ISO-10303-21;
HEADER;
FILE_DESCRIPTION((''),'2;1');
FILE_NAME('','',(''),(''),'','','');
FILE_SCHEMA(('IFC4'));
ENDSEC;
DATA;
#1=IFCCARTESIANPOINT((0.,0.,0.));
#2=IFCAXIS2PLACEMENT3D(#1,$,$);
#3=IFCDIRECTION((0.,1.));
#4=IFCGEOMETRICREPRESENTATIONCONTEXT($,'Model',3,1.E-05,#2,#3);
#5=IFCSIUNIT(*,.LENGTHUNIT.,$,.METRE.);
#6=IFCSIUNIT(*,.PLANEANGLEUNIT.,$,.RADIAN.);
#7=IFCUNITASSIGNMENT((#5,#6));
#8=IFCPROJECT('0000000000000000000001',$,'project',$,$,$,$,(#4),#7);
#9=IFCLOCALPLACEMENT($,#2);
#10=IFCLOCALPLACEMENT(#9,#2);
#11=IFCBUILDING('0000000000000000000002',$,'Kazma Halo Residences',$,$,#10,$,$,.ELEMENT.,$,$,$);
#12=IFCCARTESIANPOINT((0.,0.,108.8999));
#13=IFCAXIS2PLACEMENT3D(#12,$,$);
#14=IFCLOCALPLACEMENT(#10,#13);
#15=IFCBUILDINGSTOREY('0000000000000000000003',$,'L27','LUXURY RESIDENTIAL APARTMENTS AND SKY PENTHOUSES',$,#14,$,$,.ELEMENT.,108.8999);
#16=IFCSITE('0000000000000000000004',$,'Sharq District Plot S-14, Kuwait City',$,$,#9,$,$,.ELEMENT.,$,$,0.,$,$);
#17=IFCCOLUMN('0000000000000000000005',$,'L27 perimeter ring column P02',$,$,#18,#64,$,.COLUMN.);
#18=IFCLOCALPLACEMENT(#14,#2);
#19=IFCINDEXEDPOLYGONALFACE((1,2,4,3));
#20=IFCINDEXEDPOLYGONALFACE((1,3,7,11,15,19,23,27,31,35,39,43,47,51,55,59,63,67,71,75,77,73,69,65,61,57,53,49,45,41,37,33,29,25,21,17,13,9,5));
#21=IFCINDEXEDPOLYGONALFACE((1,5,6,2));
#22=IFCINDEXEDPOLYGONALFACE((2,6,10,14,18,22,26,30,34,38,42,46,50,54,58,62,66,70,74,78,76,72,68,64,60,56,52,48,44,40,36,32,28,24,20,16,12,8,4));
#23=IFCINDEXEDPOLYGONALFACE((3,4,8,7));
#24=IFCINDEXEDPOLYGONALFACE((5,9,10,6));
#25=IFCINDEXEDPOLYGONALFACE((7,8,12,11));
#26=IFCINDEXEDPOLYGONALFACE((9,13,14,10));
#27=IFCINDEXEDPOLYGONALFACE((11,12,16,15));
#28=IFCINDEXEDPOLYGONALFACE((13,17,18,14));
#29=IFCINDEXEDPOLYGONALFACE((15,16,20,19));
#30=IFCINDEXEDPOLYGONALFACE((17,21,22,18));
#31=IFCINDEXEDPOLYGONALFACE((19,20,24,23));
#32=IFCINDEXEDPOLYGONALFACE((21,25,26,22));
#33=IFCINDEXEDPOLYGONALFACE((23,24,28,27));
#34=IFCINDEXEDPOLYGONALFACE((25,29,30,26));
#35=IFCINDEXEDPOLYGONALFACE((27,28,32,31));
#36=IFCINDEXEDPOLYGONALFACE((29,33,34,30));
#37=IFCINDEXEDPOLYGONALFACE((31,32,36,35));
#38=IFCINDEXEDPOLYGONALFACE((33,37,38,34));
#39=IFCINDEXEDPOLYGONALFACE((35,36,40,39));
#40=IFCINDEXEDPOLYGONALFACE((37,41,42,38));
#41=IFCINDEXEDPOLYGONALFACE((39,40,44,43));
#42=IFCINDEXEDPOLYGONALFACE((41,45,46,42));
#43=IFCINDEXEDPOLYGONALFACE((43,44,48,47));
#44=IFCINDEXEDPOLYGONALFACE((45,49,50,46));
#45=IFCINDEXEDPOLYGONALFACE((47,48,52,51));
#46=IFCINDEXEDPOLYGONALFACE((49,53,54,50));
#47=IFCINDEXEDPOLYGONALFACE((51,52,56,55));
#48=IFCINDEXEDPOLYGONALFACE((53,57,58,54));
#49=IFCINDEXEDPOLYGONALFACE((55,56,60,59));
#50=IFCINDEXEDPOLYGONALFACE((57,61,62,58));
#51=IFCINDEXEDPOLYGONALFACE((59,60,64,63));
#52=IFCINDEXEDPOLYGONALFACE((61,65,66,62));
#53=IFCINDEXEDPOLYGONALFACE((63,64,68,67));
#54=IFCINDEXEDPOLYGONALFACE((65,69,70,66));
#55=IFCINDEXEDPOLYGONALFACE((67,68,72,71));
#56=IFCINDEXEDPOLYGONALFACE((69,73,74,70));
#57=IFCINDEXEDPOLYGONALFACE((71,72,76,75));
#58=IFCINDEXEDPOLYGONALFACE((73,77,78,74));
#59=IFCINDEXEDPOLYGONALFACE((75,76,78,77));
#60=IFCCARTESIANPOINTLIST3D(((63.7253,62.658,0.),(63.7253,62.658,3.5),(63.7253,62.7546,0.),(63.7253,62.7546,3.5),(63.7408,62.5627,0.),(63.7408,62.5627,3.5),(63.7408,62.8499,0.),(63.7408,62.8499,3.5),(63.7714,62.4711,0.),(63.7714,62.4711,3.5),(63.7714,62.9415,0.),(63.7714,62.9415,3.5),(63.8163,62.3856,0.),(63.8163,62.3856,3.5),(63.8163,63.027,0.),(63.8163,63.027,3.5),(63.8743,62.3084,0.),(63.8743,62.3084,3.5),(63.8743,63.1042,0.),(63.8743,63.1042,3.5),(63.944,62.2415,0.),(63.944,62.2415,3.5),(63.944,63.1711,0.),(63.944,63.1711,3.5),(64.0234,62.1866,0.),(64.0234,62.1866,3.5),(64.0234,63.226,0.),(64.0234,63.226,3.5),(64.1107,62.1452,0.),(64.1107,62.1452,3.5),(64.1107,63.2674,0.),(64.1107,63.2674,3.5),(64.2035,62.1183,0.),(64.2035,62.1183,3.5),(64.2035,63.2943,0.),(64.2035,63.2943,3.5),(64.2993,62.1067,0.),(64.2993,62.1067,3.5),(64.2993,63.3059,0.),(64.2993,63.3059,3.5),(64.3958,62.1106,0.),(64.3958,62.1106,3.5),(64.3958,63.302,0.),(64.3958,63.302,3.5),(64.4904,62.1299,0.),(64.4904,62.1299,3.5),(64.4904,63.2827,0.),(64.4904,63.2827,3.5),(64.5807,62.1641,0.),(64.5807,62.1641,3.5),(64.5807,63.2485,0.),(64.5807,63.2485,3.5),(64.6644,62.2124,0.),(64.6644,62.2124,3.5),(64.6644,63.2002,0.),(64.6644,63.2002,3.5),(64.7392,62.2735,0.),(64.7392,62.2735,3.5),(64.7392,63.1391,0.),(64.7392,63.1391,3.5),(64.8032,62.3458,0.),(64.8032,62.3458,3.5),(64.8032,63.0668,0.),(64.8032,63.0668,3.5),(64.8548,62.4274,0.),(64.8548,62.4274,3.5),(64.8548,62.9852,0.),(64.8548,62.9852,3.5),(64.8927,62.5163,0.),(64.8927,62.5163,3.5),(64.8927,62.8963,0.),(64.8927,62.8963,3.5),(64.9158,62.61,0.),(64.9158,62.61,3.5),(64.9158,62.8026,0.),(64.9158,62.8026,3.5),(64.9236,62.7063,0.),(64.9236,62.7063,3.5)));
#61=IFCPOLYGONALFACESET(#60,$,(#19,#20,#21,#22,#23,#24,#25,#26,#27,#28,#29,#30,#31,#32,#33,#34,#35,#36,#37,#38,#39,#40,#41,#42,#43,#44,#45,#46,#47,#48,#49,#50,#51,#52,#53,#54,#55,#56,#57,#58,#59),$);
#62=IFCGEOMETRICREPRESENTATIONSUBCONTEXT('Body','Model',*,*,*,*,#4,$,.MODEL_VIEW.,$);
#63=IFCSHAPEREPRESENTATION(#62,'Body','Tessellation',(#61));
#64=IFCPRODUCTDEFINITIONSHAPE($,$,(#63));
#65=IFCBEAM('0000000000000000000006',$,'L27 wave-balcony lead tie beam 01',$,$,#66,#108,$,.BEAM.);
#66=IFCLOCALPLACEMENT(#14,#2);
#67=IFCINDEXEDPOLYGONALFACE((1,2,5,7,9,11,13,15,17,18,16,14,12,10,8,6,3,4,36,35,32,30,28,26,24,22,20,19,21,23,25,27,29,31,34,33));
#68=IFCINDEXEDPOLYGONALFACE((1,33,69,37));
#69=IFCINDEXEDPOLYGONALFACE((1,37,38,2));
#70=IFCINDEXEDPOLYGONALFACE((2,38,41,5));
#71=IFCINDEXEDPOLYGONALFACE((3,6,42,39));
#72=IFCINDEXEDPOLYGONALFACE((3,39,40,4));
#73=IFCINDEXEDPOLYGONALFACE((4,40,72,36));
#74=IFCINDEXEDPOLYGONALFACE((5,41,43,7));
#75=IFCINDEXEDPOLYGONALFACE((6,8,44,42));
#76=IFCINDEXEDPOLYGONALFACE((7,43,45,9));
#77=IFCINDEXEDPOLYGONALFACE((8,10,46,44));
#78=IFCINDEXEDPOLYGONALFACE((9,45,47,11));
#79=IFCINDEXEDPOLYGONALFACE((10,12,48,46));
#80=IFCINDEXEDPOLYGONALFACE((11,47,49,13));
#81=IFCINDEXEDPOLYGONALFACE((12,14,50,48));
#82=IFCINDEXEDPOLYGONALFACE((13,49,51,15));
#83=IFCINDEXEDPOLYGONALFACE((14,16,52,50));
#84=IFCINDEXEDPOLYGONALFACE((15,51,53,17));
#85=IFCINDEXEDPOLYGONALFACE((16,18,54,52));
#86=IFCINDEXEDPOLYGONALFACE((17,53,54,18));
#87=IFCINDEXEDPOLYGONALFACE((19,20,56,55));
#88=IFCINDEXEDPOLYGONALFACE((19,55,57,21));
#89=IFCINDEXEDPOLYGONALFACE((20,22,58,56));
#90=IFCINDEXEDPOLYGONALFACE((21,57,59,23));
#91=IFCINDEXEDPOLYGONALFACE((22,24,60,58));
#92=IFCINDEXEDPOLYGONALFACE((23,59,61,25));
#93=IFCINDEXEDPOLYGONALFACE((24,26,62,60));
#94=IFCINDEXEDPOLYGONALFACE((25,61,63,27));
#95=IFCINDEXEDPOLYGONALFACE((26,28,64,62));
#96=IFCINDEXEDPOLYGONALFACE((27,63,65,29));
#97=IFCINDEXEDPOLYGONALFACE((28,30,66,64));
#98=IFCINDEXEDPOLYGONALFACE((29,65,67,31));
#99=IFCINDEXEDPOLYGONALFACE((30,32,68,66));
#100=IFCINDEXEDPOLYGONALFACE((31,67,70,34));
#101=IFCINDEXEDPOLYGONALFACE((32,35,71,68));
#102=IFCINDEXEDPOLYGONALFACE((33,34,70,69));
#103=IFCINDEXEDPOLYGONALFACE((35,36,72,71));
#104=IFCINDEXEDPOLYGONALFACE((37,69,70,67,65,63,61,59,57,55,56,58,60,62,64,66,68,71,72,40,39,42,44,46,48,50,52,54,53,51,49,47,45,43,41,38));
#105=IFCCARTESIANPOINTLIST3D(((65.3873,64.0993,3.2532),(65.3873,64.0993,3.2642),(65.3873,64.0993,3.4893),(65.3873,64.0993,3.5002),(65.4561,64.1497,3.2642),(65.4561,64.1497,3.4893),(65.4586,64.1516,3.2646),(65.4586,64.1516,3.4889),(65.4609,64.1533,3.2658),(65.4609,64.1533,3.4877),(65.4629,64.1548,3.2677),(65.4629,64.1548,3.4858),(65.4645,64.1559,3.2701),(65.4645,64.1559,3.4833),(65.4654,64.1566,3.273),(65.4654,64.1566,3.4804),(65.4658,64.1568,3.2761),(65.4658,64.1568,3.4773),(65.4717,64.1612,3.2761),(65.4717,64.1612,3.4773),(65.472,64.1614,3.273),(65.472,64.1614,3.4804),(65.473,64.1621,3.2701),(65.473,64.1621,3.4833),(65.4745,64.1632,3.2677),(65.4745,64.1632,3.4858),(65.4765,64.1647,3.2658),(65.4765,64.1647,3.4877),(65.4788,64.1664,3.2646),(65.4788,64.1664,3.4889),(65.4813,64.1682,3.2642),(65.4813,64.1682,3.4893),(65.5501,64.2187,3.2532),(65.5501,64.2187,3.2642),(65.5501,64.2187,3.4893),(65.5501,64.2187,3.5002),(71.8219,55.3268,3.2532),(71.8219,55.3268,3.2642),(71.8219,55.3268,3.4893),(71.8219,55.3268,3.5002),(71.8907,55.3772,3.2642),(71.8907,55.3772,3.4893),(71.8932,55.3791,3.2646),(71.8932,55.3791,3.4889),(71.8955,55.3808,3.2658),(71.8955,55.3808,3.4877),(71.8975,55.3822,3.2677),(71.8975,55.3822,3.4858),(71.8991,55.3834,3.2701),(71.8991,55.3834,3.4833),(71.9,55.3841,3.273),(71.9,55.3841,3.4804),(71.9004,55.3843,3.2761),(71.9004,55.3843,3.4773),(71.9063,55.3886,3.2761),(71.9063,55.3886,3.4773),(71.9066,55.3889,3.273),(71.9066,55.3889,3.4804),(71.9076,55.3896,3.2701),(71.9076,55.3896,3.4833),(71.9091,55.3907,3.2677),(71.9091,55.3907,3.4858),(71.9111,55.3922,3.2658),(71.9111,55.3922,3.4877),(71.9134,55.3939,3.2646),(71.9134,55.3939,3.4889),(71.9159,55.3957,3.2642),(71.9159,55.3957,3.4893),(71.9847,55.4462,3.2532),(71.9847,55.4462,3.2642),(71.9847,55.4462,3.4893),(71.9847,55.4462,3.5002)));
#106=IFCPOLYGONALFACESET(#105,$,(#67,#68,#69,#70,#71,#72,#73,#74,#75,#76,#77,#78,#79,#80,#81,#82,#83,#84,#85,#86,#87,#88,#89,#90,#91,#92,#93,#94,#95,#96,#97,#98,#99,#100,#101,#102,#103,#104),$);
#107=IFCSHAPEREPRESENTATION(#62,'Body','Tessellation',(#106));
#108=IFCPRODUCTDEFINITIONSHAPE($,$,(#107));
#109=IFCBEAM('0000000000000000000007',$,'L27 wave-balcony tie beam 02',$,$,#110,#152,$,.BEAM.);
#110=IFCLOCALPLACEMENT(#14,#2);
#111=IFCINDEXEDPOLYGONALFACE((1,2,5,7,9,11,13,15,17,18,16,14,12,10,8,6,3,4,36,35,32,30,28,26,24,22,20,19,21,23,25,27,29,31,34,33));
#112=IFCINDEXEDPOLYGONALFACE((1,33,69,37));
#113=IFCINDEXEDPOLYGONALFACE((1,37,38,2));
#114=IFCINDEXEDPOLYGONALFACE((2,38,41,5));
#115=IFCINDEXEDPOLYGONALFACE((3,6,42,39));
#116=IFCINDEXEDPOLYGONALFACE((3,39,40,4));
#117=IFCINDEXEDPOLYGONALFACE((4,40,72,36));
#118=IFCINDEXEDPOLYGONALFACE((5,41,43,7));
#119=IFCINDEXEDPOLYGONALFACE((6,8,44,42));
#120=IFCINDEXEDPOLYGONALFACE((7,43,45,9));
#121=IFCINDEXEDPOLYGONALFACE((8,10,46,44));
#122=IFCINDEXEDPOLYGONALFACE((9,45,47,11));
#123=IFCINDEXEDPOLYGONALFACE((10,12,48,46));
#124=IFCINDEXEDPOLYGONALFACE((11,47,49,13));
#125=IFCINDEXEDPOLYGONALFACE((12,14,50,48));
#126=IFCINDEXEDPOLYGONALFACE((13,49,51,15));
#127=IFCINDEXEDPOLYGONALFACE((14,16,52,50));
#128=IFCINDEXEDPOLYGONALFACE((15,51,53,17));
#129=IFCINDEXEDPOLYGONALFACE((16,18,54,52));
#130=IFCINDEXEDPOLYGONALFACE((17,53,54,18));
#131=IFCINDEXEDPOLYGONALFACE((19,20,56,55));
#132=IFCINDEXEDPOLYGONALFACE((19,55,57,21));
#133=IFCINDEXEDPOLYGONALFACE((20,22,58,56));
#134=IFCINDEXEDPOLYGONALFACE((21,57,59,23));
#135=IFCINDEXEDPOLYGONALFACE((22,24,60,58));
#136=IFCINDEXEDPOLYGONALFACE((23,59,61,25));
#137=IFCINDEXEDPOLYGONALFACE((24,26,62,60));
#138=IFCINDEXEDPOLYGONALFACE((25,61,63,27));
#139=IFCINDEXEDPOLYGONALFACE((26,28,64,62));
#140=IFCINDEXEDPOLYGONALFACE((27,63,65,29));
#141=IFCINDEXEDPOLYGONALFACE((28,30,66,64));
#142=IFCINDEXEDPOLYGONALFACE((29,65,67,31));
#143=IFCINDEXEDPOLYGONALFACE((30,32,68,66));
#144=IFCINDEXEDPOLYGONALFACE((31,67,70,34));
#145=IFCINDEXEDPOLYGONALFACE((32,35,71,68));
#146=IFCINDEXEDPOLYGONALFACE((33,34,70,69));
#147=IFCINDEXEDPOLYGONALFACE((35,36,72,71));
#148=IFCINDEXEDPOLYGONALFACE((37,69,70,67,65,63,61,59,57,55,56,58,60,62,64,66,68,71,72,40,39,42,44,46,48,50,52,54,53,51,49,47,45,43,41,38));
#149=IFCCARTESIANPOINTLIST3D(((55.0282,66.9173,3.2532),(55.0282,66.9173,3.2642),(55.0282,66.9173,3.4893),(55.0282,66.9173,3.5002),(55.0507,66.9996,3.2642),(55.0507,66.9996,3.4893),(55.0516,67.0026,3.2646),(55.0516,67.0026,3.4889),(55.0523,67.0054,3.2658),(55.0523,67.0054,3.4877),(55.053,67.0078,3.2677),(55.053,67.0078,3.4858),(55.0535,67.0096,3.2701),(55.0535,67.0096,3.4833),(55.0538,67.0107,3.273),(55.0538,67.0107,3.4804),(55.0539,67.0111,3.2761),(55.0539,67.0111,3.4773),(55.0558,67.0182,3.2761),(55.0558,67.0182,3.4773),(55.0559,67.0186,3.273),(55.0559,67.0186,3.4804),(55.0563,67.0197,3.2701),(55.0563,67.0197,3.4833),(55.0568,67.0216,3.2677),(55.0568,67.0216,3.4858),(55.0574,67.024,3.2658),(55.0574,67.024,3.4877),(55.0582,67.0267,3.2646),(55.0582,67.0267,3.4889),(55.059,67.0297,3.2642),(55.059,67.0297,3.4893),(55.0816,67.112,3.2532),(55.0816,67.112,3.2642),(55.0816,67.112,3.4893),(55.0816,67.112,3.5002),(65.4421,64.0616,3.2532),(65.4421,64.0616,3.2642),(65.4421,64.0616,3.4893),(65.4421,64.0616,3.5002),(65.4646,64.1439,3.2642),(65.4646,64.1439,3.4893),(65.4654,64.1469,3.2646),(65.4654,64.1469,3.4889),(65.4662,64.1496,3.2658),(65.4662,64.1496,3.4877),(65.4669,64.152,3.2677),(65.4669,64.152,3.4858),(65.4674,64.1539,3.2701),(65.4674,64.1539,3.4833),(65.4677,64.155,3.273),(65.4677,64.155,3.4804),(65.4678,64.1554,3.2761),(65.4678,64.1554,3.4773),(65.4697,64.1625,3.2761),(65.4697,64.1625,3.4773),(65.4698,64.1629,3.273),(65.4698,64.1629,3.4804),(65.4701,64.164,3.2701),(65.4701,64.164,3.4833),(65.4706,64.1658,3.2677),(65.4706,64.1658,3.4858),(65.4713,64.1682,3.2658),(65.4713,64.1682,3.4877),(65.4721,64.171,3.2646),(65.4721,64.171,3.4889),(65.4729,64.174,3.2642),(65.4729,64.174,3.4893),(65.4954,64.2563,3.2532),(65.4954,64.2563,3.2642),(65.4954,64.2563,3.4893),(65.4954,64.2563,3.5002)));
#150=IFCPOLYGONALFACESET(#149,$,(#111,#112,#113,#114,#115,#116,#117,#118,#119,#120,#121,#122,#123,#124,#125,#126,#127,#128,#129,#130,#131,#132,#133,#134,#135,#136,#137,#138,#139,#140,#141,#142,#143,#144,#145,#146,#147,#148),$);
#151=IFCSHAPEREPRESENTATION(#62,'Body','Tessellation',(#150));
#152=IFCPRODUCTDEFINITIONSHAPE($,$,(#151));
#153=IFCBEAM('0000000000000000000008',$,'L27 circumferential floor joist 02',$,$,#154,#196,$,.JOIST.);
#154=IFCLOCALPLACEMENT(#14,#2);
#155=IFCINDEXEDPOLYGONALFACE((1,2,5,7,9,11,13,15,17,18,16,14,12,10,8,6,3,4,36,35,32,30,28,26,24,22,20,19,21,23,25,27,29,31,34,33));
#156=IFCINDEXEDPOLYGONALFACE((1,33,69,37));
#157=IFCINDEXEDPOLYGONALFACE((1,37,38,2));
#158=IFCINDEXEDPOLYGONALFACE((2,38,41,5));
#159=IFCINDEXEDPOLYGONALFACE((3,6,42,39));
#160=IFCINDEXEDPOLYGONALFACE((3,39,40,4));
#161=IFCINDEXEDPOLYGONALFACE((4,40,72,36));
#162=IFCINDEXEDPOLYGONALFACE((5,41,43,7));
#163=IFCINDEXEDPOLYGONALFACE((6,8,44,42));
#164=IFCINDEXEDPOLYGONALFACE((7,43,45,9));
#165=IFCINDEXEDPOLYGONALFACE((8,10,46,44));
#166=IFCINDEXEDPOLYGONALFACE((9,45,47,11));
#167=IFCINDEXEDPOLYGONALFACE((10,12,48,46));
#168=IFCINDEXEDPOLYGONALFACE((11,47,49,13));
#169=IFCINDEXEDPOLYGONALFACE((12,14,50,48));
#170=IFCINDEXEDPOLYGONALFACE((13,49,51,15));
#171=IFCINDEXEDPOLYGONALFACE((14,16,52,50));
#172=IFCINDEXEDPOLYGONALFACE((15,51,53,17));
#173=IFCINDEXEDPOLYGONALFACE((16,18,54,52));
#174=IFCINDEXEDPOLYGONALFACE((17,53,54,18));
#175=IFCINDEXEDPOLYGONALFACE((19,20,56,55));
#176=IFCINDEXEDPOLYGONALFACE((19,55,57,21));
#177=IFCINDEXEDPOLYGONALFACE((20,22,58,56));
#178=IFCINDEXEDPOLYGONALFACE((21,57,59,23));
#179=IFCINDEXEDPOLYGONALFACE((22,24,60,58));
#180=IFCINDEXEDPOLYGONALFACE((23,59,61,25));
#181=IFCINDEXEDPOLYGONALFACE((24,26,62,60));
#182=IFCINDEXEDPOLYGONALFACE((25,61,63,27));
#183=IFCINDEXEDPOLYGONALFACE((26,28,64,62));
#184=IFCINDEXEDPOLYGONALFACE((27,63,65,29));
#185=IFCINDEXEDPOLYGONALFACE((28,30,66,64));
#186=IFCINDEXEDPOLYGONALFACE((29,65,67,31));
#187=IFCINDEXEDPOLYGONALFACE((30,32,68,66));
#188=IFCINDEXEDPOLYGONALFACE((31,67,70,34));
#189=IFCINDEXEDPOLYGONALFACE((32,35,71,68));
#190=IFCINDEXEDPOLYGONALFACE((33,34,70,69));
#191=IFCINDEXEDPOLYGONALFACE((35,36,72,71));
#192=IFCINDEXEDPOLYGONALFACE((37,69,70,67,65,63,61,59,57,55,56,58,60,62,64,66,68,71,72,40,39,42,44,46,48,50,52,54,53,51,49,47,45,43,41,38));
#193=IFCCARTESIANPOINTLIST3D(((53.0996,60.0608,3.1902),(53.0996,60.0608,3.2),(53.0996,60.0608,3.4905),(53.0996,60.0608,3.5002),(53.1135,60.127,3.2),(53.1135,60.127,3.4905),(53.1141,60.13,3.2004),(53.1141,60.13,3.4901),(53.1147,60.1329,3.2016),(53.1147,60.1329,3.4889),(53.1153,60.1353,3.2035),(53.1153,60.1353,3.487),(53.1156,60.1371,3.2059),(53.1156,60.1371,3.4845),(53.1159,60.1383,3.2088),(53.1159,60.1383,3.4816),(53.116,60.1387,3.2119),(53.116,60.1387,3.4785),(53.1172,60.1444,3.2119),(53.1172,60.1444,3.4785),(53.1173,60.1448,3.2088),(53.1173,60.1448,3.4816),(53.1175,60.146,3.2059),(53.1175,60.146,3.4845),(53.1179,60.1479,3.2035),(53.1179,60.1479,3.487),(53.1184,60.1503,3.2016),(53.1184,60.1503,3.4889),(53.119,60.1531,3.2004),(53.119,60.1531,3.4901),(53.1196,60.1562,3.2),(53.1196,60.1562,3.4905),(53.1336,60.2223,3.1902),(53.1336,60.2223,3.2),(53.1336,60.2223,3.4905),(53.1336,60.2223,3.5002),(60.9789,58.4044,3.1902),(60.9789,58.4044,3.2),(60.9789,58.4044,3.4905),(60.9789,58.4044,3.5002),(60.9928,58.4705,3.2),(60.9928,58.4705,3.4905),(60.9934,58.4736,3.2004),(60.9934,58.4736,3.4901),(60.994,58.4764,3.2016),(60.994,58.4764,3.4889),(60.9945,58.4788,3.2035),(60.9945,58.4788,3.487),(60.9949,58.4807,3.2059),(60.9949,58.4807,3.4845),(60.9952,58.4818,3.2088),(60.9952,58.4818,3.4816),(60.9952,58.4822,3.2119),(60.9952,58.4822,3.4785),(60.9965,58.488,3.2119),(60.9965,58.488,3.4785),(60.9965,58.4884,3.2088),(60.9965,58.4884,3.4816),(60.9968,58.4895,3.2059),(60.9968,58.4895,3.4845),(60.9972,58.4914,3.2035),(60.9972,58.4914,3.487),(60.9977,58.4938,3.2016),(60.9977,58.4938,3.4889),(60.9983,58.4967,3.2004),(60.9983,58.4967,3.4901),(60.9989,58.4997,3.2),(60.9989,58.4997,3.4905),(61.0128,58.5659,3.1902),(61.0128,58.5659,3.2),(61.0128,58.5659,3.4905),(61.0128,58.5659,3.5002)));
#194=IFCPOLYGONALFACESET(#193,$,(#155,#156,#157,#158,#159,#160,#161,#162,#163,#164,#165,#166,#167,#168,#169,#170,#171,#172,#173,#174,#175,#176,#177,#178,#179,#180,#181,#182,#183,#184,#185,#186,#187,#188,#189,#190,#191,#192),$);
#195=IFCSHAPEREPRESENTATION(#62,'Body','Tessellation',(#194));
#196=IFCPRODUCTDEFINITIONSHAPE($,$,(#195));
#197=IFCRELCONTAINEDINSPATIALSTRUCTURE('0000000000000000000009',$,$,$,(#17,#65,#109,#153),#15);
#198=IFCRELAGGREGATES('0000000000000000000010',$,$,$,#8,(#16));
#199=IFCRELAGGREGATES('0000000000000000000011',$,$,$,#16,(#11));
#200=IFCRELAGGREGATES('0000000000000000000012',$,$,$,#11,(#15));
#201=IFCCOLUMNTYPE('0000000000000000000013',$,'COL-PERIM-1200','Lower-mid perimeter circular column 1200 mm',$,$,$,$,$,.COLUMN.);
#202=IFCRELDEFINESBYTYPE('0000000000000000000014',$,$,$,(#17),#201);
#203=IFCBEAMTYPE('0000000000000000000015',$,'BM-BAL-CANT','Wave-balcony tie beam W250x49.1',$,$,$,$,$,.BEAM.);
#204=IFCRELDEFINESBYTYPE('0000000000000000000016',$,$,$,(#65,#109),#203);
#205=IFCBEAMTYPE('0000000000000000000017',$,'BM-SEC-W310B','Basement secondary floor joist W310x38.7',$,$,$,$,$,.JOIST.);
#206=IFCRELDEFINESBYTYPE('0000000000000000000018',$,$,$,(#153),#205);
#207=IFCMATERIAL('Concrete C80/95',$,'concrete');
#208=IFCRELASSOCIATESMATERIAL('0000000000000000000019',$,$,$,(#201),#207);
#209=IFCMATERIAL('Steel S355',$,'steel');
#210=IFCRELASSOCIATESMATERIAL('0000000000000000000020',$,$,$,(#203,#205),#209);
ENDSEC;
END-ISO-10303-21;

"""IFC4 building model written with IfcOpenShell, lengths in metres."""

from ifc_helpers import new_model, si_unit, direction, frame, origin, origin_2d, place, context, subcontext, project, spatial, circle, i_section, extrude, material, material_profile, profile_set, type_object, element, save


model = new_model("IFC4")

# Units and contexts
model_context = context("Model", 3, precision=1e-05, world=origin(), true_north=direction((0.0, 1.0)))
body_context = subcontext(model_context, "Body", "Model", "MODEL_VIEW")
ifc_project = project(units=[si_unit("LENGTHUNIT", "METRE"), si_unit("PLANEANGLEUNIT", "RADIAN")], contexts=[model_context])

# Site, building, storey
site_placement = place(None, origin())
site = spatial("IfcSite", under=ifc_project, at=site_placement, Name="Sharq District Plot S-14, Kuwait City", CompositionType="ELEMENT", RefElevation=0.0)
building_placement = place(site_placement, origin())
building = spatial("IfcBuilding", under=site, at=building_placement, Name="Kazma Halo Residences", CompositionType="ELEMENT")
storey_placement = place(building_placement, frame((0.0, 0.0, 108.8999)))
storey = spatial("IfcBuildingStorey", under=building, at=storey_placement, Name="L27", Description="LUXURY RESIDENTIAL APARTMENTS AND SKY PENTHOUSES", CompositionType="ELEMENT", Elevation=108.8999)

# Column
ifc_material_1 = material(Name="Concrete C80/95", Category="concrete")
ifc_material_profile_1 = material_profile(ifc_material_1, circle(Radius=0.6001, at=origin_2d()), Name="CIRC1200")
ifc_profile_set_1 = profile_set([ifc_material_profile_1], Name="Concrete C80/95")
column_type = type_object("IfcColumnType", Name="COL-PERIM-1200", Description="Lower-mid perimeter circular column 1200 mm", PredefinedType="COLUMN", material=ifc_profile_set_1)
column_placement = place(storey_placement, frame((64.3235, 62.7063, 0.0), z_axis=(0.0, 0.0, 1.0), x_axis=(1.0, 0.0, 0.0)))
element("IfcColumn", 1, at=column_placement, inside=storey, type_object=column_type, Name="L27 perimeter ring column P02", PredefinedType="COLUMN", context=body_context, shape_type="SweptSolid", body=[
    extrude(circle(Radius=0.6001, at=origin_2d()), origin(), (0.0, 0.0, 1.0), 3.5),
])

# Beams
ifc_material_2 = material(Name="Steel S355", Category="steel")
ifc_material_profile_2 = material_profile(ifc_material_2, i_section(OverallWidth=0.2019, OverallDepth=0.2471, WebThickness=0.0073, FlangeThickness=0.011, FilletRadius=0.012, at=origin_2d()), Name="W250x49.1")
ifc_profile_set_2 = profile_set([ifc_material_profile_2], Name="Steel S355")
beam_type_1 = type_object("IfcBeamType", Name="BM-BAL-CANT", Description="Wave-balcony tie beam W250x49.1", PredefinedType="BEAM", material=ifc_profile_set_2)
beam_1_placement = place(storey_placement, frame((71.9033, 55.3865, 3.3767), z_axis=(-0.591449, 0.806342, 0.0), x_axis=(-0.806342, -0.591449, 0.0)))
element("IfcBeam", 2, at=beam_1_placement, inside=storey, type_object=beam_type_1, Name="L27 wave-balcony lead tie beam 01", PredefinedType="BEAM", context=body_context, shape_type="SweptSolid", body=[
    extrude(i_section(OverallWidth=0.2019, OverallDepth=0.2471, WebThickness=0.0073, FlangeThickness=0.011, FilletRadius=0.012, at=origin_2d()), origin(), (0.0, 0.0, 1.0), 10.8794),
])
beam_2_placement = place(storey_placement, frame((65.4688, 64.1589, 3.3767), z_axis=(-0.964397, 0.26446, 0.0), x_axis=(-0.26446, -0.964397, 0.0)))
element("IfcBeam", 3, at=beam_2_placement, inside=storey, type_object=beam_type_1, Name="L27 wave-balcony tie beam 02", PredefinedType="BEAM", context=body_context, shape_type="SweptSolid", body=[
    extrude(i_section(OverallWidth=0.2019, OverallDepth=0.2471, WebThickness=0.0073, FlangeThickness=0.011, FilletRadius=0.012, at=origin_2d()), origin(), (0.0, 0.0, 1.0), 10.7983),
])
ifc_material_profile_3 = material_profile(ifc_material_2, i_section(OverallWidth=0.165, OverallDepth=0.3101, WebThickness=0.0059, FlangeThickness=0.0098, FilletRadius=0.012, at=origin_2d()), Name="W310x38.7")
ifc_profile_set_3 = profile_set([ifc_material_profile_3], Name="Steel S355")
beam_type_2 = type_object("IfcBeamType", Name="BM-SEC-W310B", Description="Basement secondary floor joist W310x38.7", PredefinedType="JOIST", material=ifc_profile_set_3)
beam_3_placement = place(storey_placement, frame((60.9958, 58.4851, 3.3452), z_axis=(-0.978608, 0.205734, 0.0), x_axis=(-0.205734, -0.978608, 0.0)))
element("IfcBeam", 4, at=beam_3_placement, inside=storey, type_object=beam_type_2, Name="L27 circumferential floor joist 02", PredefinedType="JOIST", context=body_context, shape_type="SweptSolid", body=[
    extrude(i_section(OverallWidth=0.165, OverallDepth=0.3101, WebThickness=0.0059, FlangeThickness=0.0098, FilletRadius=0.012, at=origin_2d()), origin(), (0.0, 0.0, 1.0), 8.0515),
])

save(model, "model.ifc")
